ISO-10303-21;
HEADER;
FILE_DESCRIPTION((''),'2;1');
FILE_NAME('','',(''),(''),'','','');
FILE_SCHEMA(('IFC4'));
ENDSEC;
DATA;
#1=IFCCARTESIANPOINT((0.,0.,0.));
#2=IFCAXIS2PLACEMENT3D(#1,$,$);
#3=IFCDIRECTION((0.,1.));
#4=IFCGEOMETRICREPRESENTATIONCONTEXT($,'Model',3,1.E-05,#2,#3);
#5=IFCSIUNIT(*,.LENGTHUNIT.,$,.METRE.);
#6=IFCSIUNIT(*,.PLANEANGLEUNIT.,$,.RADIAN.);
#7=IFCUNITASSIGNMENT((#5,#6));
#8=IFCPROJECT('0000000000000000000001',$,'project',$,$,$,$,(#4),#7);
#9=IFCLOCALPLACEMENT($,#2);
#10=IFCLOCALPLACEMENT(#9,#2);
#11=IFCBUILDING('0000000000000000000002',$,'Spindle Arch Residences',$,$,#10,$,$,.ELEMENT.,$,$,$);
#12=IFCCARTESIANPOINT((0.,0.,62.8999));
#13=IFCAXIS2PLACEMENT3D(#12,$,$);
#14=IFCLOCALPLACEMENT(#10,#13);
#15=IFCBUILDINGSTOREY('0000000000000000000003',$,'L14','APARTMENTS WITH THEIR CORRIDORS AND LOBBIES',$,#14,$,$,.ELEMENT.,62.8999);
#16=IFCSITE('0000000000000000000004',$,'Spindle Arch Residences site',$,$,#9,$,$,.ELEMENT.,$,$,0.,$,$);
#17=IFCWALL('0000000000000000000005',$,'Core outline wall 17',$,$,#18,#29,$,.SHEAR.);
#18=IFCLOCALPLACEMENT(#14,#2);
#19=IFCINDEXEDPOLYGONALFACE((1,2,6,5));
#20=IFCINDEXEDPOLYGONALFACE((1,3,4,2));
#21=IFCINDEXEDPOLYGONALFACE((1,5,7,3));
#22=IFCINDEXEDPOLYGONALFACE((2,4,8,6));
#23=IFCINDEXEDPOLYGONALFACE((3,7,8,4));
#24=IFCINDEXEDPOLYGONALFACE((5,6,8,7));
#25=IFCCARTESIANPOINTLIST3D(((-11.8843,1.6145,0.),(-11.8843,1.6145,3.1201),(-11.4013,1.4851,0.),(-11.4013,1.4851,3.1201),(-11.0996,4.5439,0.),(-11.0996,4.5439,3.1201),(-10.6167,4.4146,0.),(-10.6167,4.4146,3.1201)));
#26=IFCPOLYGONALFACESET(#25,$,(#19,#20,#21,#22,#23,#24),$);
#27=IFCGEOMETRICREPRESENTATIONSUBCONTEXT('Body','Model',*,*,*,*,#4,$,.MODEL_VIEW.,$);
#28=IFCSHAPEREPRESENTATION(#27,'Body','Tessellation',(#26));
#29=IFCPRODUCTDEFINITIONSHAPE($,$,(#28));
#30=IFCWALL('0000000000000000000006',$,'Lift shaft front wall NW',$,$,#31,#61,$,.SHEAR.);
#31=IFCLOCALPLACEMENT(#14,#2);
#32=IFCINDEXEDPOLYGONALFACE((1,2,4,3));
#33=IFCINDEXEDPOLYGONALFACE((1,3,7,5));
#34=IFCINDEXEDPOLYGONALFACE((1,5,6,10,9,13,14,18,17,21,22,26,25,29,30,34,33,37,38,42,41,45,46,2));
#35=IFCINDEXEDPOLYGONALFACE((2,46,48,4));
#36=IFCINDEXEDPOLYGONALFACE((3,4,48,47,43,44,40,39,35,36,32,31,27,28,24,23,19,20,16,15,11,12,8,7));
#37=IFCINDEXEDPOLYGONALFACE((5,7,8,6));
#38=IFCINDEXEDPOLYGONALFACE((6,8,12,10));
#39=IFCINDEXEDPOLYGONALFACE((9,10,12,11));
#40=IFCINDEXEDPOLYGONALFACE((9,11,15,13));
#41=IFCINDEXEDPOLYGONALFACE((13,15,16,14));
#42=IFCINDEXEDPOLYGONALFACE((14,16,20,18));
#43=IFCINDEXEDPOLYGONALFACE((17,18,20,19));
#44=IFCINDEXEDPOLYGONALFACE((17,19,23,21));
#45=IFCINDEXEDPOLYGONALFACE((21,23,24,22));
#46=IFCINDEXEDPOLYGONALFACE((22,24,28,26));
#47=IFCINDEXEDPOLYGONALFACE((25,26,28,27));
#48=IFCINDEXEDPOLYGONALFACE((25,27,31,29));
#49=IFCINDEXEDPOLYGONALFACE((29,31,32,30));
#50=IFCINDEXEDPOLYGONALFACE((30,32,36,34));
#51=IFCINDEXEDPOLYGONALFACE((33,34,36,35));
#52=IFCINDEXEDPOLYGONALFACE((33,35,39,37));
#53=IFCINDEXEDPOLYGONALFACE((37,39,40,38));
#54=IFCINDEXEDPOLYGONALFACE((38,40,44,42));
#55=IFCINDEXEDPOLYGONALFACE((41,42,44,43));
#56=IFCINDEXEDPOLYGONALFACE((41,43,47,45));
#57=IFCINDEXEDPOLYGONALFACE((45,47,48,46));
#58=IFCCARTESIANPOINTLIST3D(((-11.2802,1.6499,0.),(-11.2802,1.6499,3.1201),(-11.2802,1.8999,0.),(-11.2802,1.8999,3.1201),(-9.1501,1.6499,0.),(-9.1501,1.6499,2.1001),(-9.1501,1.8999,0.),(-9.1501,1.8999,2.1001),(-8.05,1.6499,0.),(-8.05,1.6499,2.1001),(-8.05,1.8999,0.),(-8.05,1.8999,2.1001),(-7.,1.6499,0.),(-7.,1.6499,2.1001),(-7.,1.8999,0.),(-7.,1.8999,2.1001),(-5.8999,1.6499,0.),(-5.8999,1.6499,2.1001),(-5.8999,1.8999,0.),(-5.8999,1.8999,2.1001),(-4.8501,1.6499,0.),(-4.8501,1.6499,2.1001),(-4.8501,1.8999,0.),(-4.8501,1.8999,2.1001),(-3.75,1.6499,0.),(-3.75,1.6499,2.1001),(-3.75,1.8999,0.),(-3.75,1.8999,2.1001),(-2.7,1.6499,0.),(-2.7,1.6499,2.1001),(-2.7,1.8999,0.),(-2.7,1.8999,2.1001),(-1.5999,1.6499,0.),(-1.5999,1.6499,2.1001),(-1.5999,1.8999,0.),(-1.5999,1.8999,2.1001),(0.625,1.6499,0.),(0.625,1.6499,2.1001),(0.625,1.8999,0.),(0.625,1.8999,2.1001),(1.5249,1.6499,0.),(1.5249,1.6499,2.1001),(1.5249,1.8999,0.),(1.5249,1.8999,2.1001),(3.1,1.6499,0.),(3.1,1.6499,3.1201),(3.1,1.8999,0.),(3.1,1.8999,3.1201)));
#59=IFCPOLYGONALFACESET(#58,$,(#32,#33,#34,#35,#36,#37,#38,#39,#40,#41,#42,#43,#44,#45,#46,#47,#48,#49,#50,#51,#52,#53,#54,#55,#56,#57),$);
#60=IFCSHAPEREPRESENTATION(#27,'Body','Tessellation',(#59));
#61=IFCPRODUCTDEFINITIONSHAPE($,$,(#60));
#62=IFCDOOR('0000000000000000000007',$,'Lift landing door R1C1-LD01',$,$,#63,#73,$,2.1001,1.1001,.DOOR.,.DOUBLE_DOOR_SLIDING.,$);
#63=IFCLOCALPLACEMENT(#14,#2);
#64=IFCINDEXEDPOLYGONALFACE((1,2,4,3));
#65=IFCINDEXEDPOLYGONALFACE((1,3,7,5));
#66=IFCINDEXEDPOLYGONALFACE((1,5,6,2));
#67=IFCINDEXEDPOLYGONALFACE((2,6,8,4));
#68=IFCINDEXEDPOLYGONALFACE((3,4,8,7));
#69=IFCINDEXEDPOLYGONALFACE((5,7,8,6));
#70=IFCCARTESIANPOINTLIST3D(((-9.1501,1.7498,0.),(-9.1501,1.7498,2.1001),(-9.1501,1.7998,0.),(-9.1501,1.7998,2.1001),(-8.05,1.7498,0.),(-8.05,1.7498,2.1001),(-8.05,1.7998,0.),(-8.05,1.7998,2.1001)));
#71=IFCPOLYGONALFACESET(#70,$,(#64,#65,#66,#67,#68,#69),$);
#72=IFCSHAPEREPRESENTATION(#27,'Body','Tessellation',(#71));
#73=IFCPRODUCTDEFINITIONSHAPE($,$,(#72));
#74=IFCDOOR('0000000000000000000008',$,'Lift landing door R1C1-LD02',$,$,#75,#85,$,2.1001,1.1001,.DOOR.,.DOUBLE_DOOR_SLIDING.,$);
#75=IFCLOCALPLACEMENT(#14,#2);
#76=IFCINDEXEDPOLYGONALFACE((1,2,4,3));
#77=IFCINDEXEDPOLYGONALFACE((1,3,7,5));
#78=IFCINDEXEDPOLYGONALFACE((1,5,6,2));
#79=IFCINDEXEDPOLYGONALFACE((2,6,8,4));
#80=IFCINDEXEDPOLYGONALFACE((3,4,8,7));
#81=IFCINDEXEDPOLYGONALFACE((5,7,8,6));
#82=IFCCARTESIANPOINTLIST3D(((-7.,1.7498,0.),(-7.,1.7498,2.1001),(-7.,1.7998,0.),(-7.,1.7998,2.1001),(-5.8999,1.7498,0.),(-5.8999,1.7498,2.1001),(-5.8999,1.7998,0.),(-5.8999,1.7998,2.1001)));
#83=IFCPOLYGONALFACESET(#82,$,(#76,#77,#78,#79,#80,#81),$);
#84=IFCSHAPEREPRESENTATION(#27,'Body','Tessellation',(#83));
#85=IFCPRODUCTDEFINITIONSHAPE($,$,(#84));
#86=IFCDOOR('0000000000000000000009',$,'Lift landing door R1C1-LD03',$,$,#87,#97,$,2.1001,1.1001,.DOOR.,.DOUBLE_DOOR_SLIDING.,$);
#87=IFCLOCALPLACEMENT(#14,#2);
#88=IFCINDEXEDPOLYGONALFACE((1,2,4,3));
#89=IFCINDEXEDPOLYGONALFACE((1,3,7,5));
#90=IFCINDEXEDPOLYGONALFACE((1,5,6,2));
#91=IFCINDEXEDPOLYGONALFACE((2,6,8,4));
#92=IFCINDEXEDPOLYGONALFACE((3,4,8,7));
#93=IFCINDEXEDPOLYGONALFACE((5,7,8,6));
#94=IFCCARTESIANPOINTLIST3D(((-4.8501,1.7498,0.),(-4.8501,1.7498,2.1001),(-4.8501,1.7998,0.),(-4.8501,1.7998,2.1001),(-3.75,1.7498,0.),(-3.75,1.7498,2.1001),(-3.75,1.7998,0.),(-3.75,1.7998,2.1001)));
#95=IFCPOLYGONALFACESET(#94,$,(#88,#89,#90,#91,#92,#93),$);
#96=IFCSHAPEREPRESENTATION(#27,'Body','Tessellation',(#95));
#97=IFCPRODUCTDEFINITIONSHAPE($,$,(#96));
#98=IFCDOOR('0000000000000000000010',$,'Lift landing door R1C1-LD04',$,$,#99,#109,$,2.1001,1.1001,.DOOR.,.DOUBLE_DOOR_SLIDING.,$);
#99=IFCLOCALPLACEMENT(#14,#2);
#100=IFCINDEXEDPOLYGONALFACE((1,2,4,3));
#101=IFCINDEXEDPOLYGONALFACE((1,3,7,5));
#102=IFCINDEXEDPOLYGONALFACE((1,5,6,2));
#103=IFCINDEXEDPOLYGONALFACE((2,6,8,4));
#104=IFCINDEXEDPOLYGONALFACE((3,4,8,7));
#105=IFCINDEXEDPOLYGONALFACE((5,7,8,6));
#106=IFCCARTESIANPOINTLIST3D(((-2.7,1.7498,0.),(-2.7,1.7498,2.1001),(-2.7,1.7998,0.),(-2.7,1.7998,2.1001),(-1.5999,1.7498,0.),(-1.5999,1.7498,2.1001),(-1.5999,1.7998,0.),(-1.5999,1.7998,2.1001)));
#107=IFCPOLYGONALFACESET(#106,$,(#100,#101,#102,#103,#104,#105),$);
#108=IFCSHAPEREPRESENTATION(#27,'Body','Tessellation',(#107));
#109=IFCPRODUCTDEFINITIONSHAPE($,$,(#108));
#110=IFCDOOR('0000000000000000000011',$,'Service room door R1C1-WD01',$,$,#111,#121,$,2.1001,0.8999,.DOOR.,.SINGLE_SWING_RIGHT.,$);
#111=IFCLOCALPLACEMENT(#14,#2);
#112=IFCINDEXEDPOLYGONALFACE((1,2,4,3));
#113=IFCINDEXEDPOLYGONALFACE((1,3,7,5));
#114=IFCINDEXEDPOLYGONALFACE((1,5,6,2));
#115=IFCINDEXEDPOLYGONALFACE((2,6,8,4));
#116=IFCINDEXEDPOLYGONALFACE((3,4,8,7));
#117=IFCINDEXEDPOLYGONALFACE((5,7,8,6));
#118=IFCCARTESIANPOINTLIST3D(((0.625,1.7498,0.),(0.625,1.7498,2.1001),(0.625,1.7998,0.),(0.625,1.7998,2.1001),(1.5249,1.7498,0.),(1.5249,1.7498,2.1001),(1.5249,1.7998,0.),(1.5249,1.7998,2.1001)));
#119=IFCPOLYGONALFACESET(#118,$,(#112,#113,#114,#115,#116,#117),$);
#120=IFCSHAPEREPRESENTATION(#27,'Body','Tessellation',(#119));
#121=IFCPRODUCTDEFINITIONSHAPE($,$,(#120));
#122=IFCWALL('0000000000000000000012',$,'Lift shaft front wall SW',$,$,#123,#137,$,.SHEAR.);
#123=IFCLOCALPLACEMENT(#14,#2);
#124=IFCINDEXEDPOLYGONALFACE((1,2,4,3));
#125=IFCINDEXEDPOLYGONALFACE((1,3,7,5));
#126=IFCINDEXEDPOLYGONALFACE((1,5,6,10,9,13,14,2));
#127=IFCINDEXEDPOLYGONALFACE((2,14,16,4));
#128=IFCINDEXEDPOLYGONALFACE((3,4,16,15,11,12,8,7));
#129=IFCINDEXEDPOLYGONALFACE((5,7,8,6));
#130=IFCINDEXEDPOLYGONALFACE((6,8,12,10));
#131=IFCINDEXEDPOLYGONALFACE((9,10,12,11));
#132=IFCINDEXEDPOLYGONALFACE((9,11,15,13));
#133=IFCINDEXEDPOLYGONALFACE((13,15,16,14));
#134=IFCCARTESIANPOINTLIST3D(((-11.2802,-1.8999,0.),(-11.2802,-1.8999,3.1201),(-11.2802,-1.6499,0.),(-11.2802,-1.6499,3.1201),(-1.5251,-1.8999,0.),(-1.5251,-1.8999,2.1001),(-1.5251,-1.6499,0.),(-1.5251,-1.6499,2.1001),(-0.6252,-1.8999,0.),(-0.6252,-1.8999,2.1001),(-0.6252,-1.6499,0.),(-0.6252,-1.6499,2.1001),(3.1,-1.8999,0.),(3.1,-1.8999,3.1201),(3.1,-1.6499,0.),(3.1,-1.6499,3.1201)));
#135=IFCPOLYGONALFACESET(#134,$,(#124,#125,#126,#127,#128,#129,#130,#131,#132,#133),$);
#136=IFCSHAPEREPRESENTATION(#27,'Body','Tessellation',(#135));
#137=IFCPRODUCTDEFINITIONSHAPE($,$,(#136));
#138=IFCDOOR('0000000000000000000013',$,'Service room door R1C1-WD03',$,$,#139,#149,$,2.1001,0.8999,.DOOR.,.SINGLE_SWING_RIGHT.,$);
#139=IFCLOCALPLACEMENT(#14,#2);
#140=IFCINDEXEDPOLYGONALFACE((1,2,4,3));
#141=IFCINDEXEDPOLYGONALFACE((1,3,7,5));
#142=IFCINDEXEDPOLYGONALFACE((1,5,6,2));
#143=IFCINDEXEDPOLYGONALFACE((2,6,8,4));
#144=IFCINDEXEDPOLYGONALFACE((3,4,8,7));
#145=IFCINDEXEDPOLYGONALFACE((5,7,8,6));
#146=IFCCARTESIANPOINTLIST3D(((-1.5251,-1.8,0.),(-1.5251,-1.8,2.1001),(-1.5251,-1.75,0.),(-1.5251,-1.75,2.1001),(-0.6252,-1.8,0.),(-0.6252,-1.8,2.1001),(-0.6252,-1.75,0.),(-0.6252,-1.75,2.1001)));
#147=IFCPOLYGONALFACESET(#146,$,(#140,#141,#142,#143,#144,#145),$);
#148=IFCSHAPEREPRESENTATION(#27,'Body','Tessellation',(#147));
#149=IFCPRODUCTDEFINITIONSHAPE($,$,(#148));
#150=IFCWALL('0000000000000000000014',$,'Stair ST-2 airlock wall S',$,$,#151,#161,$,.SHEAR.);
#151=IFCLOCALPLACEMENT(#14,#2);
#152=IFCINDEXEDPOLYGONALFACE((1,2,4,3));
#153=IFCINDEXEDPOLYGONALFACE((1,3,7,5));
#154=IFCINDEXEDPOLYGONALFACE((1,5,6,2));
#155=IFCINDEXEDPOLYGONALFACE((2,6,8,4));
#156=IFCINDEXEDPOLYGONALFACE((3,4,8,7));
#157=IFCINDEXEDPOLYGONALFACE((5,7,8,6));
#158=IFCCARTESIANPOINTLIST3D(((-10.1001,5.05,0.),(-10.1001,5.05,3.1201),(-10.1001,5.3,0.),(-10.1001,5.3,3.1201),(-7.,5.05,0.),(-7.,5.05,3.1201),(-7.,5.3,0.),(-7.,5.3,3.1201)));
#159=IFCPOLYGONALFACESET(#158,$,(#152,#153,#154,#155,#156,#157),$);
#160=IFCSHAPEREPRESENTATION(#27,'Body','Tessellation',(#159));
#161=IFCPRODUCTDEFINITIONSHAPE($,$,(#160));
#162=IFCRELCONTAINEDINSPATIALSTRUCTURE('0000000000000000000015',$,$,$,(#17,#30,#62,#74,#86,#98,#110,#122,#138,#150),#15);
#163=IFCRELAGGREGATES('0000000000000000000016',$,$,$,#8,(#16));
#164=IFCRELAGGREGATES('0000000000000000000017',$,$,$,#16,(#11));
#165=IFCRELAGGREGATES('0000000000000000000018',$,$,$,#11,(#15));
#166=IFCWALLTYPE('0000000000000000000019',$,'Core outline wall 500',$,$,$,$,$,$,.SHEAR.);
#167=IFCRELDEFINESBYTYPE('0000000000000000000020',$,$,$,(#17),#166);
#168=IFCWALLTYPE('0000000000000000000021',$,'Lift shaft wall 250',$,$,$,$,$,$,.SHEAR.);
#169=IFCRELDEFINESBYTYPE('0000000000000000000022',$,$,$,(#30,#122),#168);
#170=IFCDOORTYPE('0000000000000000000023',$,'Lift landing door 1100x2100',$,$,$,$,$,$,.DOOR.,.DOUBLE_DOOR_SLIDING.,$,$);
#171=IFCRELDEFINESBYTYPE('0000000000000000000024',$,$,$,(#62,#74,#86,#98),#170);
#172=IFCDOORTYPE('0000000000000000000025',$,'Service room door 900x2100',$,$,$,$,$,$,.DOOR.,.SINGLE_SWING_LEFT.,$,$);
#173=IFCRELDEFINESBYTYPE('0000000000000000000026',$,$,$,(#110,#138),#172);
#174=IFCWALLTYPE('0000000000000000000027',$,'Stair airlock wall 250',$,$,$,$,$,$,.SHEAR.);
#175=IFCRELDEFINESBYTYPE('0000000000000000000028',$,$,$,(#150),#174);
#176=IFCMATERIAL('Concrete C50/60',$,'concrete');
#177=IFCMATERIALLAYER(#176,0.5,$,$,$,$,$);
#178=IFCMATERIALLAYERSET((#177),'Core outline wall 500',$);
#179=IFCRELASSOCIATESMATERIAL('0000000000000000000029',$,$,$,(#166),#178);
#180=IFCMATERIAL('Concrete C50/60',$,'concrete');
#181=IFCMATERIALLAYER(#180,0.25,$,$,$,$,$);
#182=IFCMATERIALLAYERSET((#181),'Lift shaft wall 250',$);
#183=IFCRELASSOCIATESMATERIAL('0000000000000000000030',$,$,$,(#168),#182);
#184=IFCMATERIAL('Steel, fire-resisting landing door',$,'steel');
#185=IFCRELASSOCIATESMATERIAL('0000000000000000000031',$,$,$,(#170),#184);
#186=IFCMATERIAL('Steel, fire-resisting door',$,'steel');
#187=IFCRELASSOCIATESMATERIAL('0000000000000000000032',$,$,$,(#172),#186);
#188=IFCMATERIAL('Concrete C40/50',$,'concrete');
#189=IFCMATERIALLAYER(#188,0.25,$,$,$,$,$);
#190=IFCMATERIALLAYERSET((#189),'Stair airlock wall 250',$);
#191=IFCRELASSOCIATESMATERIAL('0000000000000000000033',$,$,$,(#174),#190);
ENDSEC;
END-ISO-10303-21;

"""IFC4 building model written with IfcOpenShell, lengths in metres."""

from ifc_helpers import new_model, si_unit, direction, frame, frame_2d, origin, place, context, subcontext, project, spatial, rectangle, extrude, material, layer, layer_set, type_object, element, fill, save


model = new_model("IFC4")

# Units and contexts
model_context = context("Model", 3, precision=1e-05, world=origin(), true_north=direction((0.0, 1.0)))
body_context = subcontext(model_context, "Body", "Model", "MODEL_VIEW")
ifc_project = project(units=[si_unit("LENGTHUNIT", "METRE"), si_unit("PLANEANGLEUNIT", "RADIAN")], contexts=[model_context])

# Site, building, storey
site_placement = place(None, origin())
site = spatial("IfcSite", under=ifc_project, at=site_placement, Name="Spindle Arch Residences site", CompositionType="ELEMENT", RefElevation=0.0)
building_placement = place(site_placement, origin())
building = spatial("IfcBuilding", under=site, at=building_placement, Name="Spindle Arch Residences", CompositionType="ELEMENT")
storey_placement = place(building_placement, frame((0.0, 0.0, 62.8999)))
storey = spatial("IfcBuildingStorey", under=building, at=storey_placement, Name="L14", Description="APARTMENTS WITH THEIR CORRIDORS AND LOBBIES", CompositionType="ELEMENT", Elevation=62.8999)

# Wall
ifc_material_1 = material(Name="Concrete C50/60", Category="concrete")
ifc_layer_1 = layer(ifc_material_1, 0.5)
ifc_layer_set_1 = layer_set([ifc_layer_1], Name="Core outline wall 500")
wall_type_1 = type_object("IfcWallType", Name="Core outline wall 500", PredefinedType="SHEAR", material=ifc_layer_set_1)
wall_1_placement = place(storey_placement, frame((-10.8582, 4.4792, 0.0), z_axis=(0.0, 0.0, 1.0), x_axis=(-0.258735, -0.965948, 0.0)))
element("IfcWall", 1, at=wall_1_placement, inside=storey, type_object=wall_type_1, Name="Core outline wall 17", PredefinedType="SHEAR", context=body_context, shape_type="SweptSolid", body=[
    extrude(rectangle(XDim=3.0327, YDim=0.5, at=frame_2d((1.5164, 0.0))), origin(), (0.0, 0.0, 1.0), 3.1201),
])

# Wall, openings, doors
ifc_material_2 = material(Name="Concrete C50/60", Category="concrete")
ifc_layer_2 = layer(ifc_material_2, 0.25)
ifc_layer_set_2 = layer_set([ifc_layer_2], Name="Lift shaft wall 250")
wall_type_2 = type_object("IfcWallType", Name="Lift shaft wall 250", PredefinedType="SHEAR", material=ifc_layer_set_2)
wall_2_placement = place(storey_placement, frame((-11.28, 1.7749, 0.0), z_axis=(0.0, 0.0, 1.0), x_axis=(1.0, 0.0, 0.0)))
wall_2 = element("IfcWall", 2, at=wall_2_placement, inside=storey, type_object=wall_type_2, Name="Lift shaft front wall NW", PredefinedType="SHEAR", context=body_context, shape_type="SweptSolid", body=[
    extrude(rectangle(XDim=14.3801, YDim=0.25, at=frame_2d((7.1899, 0.0))), origin(), (0.0, 0.0, 1.0), 3.1201),
])
opening_1_placement = place(wall_2_placement, frame((2.1299, 0.0, 0.0)))
opening_1 = element("IfcOpeningElement", 3, at=opening_1_placement, cuts=wall_2, PredefinedType="OPENING", context=body_context, shape_type="SweptSolid", body=[
    extrude(rectangle(XDim=1.1001, YDim=2.1001, at=frame_2d((0.55, 1.05))), frame((0.0, 0.135, 0.0), z_axis=(0.0, -1.0, 0.0), x_axis=(1.0, 0.0, 0.0)), (0.0, 0.0, 1.0), 0.27),
])
opening_2_placement = place(wall_2_placement, frame((4.28, 0.0, 0.0)))
opening_2 = element("IfcOpeningElement", 4, at=opening_2_placement, cuts=wall_2, PredefinedType="OPENING", context=body_context, shape_type="SweptSolid", body=[
    extrude(rectangle(XDim=1.1001, YDim=2.1001, at=frame_2d((0.55, 1.05))), frame((0.0, 0.135, 0.0), z_axis=(0.0, -1.0, 0.0), x_axis=(1.0, 0.0, 0.0)), (0.0, 0.0, 1.0), 0.27),
])
opening_3_placement = place(wall_2_placement, frame((6.4299, 0.0, 0.0)))
opening_3 = element("IfcOpeningElement", 5, at=opening_3_placement, cuts=wall_2, PredefinedType="OPENING", context=body_context, shape_type="SweptSolid", body=[
    extrude(rectangle(XDim=1.1001, YDim=2.1001, at=frame_2d((0.55, 1.05))), frame((0.0, 0.135, 0.0), z_axis=(0.0, -1.0, 0.0), x_axis=(1.0, 0.0, 0.0)), (0.0, 0.0, 1.0), 0.27),
])
opening_4_placement = place(wall_2_placement, frame((8.5801, 0.0, 0.0)))
opening_4 = element("IfcOpeningElement", 6, at=opening_4_placement, cuts=wall_2, PredefinedType="OPENING", context=body_context, shape_type="SweptSolid", body=[
    extrude(rectangle(XDim=1.1001, YDim=2.1001, at=frame_2d((0.55, 1.05))), frame((0.0, 0.135, 0.0), z_axis=(0.0, -1.0, 0.0), x_axis=(1.0, 0.0, 0.0)), (0.0, 0.0, 1.0), 0.27),
])
opening_5_placement = place(wall_2_placement, frame((11.905, 0.0, 0.0)))
opening_5 = element("IfcOpeningElement", 7, at=opening_5_placement, cuts=wall_2, PredefinedType="OPENING", context=body_context, shape_type="SweptSolid", body=[
    extrude(rectangle(XDim=0.8999, YDim=2.1001, at=frame_2d((0.45, 1.05))), frame((0.0, 0.135, 0.0), z_axis=(0.0, -1.0, 0.0), x_axis=(1.0, 0.0, 0.0)), (0.0, 0.0, 1.0), 0.27),
])
ifc_material_3 = material(Name="Steel, fire-resisting landing door", Category="steel")
door_type_1 = type_object("IfcDoorType", Name="Lift landing door 1100x2100", OperationType="DOUBLE_DOOR_SLIDING", PredefinedType="DOOR", material=ifc_material_3)
door_1_placement = place(opening_1_placement, origin())
door_1 = element("IfcDoor", 8, at=door_1_placement, inside=storey, type_object=door_type_1, Name="Lift landing door R1C1-LD01", OperationType="DOUBLE_DOOR_SLIDING", OverallHeight=2.1001, OverallWidth=1.1001, PredefinedType="DOOR", context=body_context, shape_type="SweptSolid", body=[
    extrude(rectangle(XDim=1.1001, YDim=2.1001, at=frame_2d((0.55, 1.05))), frame((0.0, 0.0249, 0.0), z_axis=(0.0, -1.0, 0.0), x_axis=(1.0, 0.0, 0.0)), (0.0, 0.0, 1.0), 0.05),
])
fill(opening_1, door_1)
door_2_placement = place(opening_2_placement, origin())
door_2 = element("IfcDoor", 9, at=door_2_placement, inside=storey, type_object=door_type_1, Name="Lift landing door R1C1-LD02", OperationType="DOUBLE_DOOR_SLIDING", OverallHeight=2.1001, OverallWidth=1.1001, PredefinedType="DOOR", context=body_context, shape_type="SweptSolid", body=[
    extrude(rectangle(XDim=1.1001, YDim=2.1001, at=frame_2d((0.55, 1.05))), frame((0.0, 0.0249, 0.0), z_axis=(0.0, -1.0, 0.0), x_axis=(1.0, 0.0, 0.0)), (0.0, 0.0, 1.0), 0.05),
])
fill(opening_2, door_2)
door_3_placement = place(opening_3_placement, origin())
door_3 = element("IfcDoor", 10, at=door_3_placement, inside=storey, type_object=door_type_1, Name="Lift landing door R1C1-LD03", OperationType="DOUBLE_DOOR_SLIDING", OverallHeight=2.1001, OverallWidth=1.1001, PredefinedType="DOOR", context=body_context, shape_type="SweptSolid", body=[
    extrude(rectangle(XDim=1.1001, YDim=2.1001, at=frame_2d((0.55, 1.05))), frame((0.0, 0.0249, 0.0), z_axis=(0.0, -1.0, 0.0), x_axis=(1.0, 0.0, 0.0)), (0.0, 0.0, 1.0), 0.05),
])
fill(opening_3, door_3)
door_4_placement = place(opening_4_placement, origin())
door_4 = element("IfcDoor", 11, at=door_4_placement, inside=storey, type_object=door_type_1, Name="Lift landing door R1C1-LD04", OperationType="DOUBLE_DOOR_SLIDING", OverallHeight=2.1001, OverallWidth=1.1001, PredefinedType="DOOR", context=body_context, shape_type="SweptSolid", body=[
    extrude(rectangle(XDim=1.1001, YDim=2.1001, at=frame_2d((0.55, 1.05))), frame((0.0, 0.0249, 0.0), z_axis=(0.0, -1.0, 0.0), x_axis=(1.0, 0.0, 0.0)), (0.0, 0.0, 1.0), 0.05),
])
fill(opening_4, door_4)
ifc_material_4 = material(Name="Steel, fire-resisting door", Category="steel")
door_type_2 = type_object("IfcDoorType", Name="Service room door 900x2100", OperationType="SINGLE_SWING_LEFT", PredefinedType="DOOR", material=ifc_material_4)
door_5_placement = place(opening_5_placement, origin())
door_5 = element("IfcDoor", 12, at=door_5_placement, inside=storey, type_object=door_type_2, Name="Service room door R1C1-WD01", OperationType="SINGLE_SWING_RIGHT", OverallHeight=2.1001, OverallWidth=0.8999, PredefinedType="DOOR", context=body_context, shape_type="SweptSolid", body=[
    extrude(rectangle(XDim=0.8999, YDim=2.1001, at=frame_2d((0.45, 1.05))), frame((0.0, 0.0249, 0.0), z_axis=(0.0, -1.0, 0.0), x_axis=(1.0, 0.0, 0.0)), (0.0, 0.0, 1.0), 0.05),
])
fill(opening_5, door_5)

# Wall, opening, door
wall_3_placement = place(storey_placement, frame((-11.28, -1.7749, 0.0), z_axis=(0.0, 0.0, 1.0), x_axis=(1.0, 0.0, 0.0)))
wall_3 = element("IfcWall", 13, at=wall_3_placement, inside=storey, type_object=wall_type_2, Name="Lift shaft front wall SW", PredefinedType="SHEAR", context=body_context, shape_type="SweptSolid", body=[
    extrude(rectangle(XDim=14.3801, YDim=0.25, at=frame_2d((7.1899, 0.0))), origin(), (0.0, 0.0, 1.0), 3.1201),
])
opening_6_placement = place(wall_3_placement, frame((9.7549, 0.0, 0.0)))
opening_6 = element("IfcOpeningElement", 14, at=opening_6_placement, cuts=wall_3, PredefinedType="OPENING", context=body_context, shape_type="SweptSolid", body=[
    extrude(rectangle(XDim=0.8999, YDim=2.1001, at=frame_2d((0.45, 1.05))), frame((0.0, 0.135, 0.0), z_axis=(0.0, -1.0, 0.0), x_axis=(1.0, 0.0, 0.0)), (0.0, 0.0, 1.0), 0.27),
])
door_6_placement = place(opening_6_placement, origin())
door_6 = element("IfcDoor", 15, at=door_6_placement, inside=storey, type_object=door_type_2, Name="Service room door R1C1-WD03", OperationType="SINGLE_SWING_RIGHT", OverallHeight=2.1001, OverallWidth=0.8999, PredefinedType="DOOR", context=body_context, shape_type="SweptSolid", body=[
    extrude(rectangle(XDim=0.8999, YDim=2.1001, at=frame_2d((0.45, 1.05))), frame((0.0, 0.0249, 0.0), z_axis=(0.0, -1.0, 0.0), x_axis=(1.0, 0.0, 0.0)), (0.0, 0.0, 1.0), 0.05),
])
fill(opening_6, door_6)

# Wall
ifc_material_5 = material(Name="Concrete C40/50", Category="concrete")
ifc_layer_3 = layer(ifc_material_5, 0.25)
ifc_layer_set_3 = layer_set([ifc_layer_3], Name="Stair airlock wall 250")
wall_type_3 = type_object("IfcWallType", Name="Stair airlock wall 250", PredefinedType="SHEAR", material=ifc_layer_set_3)
wall_4_placement = place(storey_placement, frame((-7.0, 5.175, 0.0), z_axis=(0.0, 0.0, 1.0), x_axis=(-1.0, 0.0, 0.0)))
element("IfcWall", 16, at=wall_4_placement, inside=storey, type_object=wall_type_3, Name="Stair ST-2 airlock wall S", PredefinedType="SHEAR", context=body_context, shape_type="SweptSolid", body=[
    extrude(rectangle(XDim=3.1001, YDim=0.25, at=frame_2d((1.55, 0.0))), origin(), (0.0, 0.0, 1.0), 3.1201),
])

save(model, "model.ifc")
